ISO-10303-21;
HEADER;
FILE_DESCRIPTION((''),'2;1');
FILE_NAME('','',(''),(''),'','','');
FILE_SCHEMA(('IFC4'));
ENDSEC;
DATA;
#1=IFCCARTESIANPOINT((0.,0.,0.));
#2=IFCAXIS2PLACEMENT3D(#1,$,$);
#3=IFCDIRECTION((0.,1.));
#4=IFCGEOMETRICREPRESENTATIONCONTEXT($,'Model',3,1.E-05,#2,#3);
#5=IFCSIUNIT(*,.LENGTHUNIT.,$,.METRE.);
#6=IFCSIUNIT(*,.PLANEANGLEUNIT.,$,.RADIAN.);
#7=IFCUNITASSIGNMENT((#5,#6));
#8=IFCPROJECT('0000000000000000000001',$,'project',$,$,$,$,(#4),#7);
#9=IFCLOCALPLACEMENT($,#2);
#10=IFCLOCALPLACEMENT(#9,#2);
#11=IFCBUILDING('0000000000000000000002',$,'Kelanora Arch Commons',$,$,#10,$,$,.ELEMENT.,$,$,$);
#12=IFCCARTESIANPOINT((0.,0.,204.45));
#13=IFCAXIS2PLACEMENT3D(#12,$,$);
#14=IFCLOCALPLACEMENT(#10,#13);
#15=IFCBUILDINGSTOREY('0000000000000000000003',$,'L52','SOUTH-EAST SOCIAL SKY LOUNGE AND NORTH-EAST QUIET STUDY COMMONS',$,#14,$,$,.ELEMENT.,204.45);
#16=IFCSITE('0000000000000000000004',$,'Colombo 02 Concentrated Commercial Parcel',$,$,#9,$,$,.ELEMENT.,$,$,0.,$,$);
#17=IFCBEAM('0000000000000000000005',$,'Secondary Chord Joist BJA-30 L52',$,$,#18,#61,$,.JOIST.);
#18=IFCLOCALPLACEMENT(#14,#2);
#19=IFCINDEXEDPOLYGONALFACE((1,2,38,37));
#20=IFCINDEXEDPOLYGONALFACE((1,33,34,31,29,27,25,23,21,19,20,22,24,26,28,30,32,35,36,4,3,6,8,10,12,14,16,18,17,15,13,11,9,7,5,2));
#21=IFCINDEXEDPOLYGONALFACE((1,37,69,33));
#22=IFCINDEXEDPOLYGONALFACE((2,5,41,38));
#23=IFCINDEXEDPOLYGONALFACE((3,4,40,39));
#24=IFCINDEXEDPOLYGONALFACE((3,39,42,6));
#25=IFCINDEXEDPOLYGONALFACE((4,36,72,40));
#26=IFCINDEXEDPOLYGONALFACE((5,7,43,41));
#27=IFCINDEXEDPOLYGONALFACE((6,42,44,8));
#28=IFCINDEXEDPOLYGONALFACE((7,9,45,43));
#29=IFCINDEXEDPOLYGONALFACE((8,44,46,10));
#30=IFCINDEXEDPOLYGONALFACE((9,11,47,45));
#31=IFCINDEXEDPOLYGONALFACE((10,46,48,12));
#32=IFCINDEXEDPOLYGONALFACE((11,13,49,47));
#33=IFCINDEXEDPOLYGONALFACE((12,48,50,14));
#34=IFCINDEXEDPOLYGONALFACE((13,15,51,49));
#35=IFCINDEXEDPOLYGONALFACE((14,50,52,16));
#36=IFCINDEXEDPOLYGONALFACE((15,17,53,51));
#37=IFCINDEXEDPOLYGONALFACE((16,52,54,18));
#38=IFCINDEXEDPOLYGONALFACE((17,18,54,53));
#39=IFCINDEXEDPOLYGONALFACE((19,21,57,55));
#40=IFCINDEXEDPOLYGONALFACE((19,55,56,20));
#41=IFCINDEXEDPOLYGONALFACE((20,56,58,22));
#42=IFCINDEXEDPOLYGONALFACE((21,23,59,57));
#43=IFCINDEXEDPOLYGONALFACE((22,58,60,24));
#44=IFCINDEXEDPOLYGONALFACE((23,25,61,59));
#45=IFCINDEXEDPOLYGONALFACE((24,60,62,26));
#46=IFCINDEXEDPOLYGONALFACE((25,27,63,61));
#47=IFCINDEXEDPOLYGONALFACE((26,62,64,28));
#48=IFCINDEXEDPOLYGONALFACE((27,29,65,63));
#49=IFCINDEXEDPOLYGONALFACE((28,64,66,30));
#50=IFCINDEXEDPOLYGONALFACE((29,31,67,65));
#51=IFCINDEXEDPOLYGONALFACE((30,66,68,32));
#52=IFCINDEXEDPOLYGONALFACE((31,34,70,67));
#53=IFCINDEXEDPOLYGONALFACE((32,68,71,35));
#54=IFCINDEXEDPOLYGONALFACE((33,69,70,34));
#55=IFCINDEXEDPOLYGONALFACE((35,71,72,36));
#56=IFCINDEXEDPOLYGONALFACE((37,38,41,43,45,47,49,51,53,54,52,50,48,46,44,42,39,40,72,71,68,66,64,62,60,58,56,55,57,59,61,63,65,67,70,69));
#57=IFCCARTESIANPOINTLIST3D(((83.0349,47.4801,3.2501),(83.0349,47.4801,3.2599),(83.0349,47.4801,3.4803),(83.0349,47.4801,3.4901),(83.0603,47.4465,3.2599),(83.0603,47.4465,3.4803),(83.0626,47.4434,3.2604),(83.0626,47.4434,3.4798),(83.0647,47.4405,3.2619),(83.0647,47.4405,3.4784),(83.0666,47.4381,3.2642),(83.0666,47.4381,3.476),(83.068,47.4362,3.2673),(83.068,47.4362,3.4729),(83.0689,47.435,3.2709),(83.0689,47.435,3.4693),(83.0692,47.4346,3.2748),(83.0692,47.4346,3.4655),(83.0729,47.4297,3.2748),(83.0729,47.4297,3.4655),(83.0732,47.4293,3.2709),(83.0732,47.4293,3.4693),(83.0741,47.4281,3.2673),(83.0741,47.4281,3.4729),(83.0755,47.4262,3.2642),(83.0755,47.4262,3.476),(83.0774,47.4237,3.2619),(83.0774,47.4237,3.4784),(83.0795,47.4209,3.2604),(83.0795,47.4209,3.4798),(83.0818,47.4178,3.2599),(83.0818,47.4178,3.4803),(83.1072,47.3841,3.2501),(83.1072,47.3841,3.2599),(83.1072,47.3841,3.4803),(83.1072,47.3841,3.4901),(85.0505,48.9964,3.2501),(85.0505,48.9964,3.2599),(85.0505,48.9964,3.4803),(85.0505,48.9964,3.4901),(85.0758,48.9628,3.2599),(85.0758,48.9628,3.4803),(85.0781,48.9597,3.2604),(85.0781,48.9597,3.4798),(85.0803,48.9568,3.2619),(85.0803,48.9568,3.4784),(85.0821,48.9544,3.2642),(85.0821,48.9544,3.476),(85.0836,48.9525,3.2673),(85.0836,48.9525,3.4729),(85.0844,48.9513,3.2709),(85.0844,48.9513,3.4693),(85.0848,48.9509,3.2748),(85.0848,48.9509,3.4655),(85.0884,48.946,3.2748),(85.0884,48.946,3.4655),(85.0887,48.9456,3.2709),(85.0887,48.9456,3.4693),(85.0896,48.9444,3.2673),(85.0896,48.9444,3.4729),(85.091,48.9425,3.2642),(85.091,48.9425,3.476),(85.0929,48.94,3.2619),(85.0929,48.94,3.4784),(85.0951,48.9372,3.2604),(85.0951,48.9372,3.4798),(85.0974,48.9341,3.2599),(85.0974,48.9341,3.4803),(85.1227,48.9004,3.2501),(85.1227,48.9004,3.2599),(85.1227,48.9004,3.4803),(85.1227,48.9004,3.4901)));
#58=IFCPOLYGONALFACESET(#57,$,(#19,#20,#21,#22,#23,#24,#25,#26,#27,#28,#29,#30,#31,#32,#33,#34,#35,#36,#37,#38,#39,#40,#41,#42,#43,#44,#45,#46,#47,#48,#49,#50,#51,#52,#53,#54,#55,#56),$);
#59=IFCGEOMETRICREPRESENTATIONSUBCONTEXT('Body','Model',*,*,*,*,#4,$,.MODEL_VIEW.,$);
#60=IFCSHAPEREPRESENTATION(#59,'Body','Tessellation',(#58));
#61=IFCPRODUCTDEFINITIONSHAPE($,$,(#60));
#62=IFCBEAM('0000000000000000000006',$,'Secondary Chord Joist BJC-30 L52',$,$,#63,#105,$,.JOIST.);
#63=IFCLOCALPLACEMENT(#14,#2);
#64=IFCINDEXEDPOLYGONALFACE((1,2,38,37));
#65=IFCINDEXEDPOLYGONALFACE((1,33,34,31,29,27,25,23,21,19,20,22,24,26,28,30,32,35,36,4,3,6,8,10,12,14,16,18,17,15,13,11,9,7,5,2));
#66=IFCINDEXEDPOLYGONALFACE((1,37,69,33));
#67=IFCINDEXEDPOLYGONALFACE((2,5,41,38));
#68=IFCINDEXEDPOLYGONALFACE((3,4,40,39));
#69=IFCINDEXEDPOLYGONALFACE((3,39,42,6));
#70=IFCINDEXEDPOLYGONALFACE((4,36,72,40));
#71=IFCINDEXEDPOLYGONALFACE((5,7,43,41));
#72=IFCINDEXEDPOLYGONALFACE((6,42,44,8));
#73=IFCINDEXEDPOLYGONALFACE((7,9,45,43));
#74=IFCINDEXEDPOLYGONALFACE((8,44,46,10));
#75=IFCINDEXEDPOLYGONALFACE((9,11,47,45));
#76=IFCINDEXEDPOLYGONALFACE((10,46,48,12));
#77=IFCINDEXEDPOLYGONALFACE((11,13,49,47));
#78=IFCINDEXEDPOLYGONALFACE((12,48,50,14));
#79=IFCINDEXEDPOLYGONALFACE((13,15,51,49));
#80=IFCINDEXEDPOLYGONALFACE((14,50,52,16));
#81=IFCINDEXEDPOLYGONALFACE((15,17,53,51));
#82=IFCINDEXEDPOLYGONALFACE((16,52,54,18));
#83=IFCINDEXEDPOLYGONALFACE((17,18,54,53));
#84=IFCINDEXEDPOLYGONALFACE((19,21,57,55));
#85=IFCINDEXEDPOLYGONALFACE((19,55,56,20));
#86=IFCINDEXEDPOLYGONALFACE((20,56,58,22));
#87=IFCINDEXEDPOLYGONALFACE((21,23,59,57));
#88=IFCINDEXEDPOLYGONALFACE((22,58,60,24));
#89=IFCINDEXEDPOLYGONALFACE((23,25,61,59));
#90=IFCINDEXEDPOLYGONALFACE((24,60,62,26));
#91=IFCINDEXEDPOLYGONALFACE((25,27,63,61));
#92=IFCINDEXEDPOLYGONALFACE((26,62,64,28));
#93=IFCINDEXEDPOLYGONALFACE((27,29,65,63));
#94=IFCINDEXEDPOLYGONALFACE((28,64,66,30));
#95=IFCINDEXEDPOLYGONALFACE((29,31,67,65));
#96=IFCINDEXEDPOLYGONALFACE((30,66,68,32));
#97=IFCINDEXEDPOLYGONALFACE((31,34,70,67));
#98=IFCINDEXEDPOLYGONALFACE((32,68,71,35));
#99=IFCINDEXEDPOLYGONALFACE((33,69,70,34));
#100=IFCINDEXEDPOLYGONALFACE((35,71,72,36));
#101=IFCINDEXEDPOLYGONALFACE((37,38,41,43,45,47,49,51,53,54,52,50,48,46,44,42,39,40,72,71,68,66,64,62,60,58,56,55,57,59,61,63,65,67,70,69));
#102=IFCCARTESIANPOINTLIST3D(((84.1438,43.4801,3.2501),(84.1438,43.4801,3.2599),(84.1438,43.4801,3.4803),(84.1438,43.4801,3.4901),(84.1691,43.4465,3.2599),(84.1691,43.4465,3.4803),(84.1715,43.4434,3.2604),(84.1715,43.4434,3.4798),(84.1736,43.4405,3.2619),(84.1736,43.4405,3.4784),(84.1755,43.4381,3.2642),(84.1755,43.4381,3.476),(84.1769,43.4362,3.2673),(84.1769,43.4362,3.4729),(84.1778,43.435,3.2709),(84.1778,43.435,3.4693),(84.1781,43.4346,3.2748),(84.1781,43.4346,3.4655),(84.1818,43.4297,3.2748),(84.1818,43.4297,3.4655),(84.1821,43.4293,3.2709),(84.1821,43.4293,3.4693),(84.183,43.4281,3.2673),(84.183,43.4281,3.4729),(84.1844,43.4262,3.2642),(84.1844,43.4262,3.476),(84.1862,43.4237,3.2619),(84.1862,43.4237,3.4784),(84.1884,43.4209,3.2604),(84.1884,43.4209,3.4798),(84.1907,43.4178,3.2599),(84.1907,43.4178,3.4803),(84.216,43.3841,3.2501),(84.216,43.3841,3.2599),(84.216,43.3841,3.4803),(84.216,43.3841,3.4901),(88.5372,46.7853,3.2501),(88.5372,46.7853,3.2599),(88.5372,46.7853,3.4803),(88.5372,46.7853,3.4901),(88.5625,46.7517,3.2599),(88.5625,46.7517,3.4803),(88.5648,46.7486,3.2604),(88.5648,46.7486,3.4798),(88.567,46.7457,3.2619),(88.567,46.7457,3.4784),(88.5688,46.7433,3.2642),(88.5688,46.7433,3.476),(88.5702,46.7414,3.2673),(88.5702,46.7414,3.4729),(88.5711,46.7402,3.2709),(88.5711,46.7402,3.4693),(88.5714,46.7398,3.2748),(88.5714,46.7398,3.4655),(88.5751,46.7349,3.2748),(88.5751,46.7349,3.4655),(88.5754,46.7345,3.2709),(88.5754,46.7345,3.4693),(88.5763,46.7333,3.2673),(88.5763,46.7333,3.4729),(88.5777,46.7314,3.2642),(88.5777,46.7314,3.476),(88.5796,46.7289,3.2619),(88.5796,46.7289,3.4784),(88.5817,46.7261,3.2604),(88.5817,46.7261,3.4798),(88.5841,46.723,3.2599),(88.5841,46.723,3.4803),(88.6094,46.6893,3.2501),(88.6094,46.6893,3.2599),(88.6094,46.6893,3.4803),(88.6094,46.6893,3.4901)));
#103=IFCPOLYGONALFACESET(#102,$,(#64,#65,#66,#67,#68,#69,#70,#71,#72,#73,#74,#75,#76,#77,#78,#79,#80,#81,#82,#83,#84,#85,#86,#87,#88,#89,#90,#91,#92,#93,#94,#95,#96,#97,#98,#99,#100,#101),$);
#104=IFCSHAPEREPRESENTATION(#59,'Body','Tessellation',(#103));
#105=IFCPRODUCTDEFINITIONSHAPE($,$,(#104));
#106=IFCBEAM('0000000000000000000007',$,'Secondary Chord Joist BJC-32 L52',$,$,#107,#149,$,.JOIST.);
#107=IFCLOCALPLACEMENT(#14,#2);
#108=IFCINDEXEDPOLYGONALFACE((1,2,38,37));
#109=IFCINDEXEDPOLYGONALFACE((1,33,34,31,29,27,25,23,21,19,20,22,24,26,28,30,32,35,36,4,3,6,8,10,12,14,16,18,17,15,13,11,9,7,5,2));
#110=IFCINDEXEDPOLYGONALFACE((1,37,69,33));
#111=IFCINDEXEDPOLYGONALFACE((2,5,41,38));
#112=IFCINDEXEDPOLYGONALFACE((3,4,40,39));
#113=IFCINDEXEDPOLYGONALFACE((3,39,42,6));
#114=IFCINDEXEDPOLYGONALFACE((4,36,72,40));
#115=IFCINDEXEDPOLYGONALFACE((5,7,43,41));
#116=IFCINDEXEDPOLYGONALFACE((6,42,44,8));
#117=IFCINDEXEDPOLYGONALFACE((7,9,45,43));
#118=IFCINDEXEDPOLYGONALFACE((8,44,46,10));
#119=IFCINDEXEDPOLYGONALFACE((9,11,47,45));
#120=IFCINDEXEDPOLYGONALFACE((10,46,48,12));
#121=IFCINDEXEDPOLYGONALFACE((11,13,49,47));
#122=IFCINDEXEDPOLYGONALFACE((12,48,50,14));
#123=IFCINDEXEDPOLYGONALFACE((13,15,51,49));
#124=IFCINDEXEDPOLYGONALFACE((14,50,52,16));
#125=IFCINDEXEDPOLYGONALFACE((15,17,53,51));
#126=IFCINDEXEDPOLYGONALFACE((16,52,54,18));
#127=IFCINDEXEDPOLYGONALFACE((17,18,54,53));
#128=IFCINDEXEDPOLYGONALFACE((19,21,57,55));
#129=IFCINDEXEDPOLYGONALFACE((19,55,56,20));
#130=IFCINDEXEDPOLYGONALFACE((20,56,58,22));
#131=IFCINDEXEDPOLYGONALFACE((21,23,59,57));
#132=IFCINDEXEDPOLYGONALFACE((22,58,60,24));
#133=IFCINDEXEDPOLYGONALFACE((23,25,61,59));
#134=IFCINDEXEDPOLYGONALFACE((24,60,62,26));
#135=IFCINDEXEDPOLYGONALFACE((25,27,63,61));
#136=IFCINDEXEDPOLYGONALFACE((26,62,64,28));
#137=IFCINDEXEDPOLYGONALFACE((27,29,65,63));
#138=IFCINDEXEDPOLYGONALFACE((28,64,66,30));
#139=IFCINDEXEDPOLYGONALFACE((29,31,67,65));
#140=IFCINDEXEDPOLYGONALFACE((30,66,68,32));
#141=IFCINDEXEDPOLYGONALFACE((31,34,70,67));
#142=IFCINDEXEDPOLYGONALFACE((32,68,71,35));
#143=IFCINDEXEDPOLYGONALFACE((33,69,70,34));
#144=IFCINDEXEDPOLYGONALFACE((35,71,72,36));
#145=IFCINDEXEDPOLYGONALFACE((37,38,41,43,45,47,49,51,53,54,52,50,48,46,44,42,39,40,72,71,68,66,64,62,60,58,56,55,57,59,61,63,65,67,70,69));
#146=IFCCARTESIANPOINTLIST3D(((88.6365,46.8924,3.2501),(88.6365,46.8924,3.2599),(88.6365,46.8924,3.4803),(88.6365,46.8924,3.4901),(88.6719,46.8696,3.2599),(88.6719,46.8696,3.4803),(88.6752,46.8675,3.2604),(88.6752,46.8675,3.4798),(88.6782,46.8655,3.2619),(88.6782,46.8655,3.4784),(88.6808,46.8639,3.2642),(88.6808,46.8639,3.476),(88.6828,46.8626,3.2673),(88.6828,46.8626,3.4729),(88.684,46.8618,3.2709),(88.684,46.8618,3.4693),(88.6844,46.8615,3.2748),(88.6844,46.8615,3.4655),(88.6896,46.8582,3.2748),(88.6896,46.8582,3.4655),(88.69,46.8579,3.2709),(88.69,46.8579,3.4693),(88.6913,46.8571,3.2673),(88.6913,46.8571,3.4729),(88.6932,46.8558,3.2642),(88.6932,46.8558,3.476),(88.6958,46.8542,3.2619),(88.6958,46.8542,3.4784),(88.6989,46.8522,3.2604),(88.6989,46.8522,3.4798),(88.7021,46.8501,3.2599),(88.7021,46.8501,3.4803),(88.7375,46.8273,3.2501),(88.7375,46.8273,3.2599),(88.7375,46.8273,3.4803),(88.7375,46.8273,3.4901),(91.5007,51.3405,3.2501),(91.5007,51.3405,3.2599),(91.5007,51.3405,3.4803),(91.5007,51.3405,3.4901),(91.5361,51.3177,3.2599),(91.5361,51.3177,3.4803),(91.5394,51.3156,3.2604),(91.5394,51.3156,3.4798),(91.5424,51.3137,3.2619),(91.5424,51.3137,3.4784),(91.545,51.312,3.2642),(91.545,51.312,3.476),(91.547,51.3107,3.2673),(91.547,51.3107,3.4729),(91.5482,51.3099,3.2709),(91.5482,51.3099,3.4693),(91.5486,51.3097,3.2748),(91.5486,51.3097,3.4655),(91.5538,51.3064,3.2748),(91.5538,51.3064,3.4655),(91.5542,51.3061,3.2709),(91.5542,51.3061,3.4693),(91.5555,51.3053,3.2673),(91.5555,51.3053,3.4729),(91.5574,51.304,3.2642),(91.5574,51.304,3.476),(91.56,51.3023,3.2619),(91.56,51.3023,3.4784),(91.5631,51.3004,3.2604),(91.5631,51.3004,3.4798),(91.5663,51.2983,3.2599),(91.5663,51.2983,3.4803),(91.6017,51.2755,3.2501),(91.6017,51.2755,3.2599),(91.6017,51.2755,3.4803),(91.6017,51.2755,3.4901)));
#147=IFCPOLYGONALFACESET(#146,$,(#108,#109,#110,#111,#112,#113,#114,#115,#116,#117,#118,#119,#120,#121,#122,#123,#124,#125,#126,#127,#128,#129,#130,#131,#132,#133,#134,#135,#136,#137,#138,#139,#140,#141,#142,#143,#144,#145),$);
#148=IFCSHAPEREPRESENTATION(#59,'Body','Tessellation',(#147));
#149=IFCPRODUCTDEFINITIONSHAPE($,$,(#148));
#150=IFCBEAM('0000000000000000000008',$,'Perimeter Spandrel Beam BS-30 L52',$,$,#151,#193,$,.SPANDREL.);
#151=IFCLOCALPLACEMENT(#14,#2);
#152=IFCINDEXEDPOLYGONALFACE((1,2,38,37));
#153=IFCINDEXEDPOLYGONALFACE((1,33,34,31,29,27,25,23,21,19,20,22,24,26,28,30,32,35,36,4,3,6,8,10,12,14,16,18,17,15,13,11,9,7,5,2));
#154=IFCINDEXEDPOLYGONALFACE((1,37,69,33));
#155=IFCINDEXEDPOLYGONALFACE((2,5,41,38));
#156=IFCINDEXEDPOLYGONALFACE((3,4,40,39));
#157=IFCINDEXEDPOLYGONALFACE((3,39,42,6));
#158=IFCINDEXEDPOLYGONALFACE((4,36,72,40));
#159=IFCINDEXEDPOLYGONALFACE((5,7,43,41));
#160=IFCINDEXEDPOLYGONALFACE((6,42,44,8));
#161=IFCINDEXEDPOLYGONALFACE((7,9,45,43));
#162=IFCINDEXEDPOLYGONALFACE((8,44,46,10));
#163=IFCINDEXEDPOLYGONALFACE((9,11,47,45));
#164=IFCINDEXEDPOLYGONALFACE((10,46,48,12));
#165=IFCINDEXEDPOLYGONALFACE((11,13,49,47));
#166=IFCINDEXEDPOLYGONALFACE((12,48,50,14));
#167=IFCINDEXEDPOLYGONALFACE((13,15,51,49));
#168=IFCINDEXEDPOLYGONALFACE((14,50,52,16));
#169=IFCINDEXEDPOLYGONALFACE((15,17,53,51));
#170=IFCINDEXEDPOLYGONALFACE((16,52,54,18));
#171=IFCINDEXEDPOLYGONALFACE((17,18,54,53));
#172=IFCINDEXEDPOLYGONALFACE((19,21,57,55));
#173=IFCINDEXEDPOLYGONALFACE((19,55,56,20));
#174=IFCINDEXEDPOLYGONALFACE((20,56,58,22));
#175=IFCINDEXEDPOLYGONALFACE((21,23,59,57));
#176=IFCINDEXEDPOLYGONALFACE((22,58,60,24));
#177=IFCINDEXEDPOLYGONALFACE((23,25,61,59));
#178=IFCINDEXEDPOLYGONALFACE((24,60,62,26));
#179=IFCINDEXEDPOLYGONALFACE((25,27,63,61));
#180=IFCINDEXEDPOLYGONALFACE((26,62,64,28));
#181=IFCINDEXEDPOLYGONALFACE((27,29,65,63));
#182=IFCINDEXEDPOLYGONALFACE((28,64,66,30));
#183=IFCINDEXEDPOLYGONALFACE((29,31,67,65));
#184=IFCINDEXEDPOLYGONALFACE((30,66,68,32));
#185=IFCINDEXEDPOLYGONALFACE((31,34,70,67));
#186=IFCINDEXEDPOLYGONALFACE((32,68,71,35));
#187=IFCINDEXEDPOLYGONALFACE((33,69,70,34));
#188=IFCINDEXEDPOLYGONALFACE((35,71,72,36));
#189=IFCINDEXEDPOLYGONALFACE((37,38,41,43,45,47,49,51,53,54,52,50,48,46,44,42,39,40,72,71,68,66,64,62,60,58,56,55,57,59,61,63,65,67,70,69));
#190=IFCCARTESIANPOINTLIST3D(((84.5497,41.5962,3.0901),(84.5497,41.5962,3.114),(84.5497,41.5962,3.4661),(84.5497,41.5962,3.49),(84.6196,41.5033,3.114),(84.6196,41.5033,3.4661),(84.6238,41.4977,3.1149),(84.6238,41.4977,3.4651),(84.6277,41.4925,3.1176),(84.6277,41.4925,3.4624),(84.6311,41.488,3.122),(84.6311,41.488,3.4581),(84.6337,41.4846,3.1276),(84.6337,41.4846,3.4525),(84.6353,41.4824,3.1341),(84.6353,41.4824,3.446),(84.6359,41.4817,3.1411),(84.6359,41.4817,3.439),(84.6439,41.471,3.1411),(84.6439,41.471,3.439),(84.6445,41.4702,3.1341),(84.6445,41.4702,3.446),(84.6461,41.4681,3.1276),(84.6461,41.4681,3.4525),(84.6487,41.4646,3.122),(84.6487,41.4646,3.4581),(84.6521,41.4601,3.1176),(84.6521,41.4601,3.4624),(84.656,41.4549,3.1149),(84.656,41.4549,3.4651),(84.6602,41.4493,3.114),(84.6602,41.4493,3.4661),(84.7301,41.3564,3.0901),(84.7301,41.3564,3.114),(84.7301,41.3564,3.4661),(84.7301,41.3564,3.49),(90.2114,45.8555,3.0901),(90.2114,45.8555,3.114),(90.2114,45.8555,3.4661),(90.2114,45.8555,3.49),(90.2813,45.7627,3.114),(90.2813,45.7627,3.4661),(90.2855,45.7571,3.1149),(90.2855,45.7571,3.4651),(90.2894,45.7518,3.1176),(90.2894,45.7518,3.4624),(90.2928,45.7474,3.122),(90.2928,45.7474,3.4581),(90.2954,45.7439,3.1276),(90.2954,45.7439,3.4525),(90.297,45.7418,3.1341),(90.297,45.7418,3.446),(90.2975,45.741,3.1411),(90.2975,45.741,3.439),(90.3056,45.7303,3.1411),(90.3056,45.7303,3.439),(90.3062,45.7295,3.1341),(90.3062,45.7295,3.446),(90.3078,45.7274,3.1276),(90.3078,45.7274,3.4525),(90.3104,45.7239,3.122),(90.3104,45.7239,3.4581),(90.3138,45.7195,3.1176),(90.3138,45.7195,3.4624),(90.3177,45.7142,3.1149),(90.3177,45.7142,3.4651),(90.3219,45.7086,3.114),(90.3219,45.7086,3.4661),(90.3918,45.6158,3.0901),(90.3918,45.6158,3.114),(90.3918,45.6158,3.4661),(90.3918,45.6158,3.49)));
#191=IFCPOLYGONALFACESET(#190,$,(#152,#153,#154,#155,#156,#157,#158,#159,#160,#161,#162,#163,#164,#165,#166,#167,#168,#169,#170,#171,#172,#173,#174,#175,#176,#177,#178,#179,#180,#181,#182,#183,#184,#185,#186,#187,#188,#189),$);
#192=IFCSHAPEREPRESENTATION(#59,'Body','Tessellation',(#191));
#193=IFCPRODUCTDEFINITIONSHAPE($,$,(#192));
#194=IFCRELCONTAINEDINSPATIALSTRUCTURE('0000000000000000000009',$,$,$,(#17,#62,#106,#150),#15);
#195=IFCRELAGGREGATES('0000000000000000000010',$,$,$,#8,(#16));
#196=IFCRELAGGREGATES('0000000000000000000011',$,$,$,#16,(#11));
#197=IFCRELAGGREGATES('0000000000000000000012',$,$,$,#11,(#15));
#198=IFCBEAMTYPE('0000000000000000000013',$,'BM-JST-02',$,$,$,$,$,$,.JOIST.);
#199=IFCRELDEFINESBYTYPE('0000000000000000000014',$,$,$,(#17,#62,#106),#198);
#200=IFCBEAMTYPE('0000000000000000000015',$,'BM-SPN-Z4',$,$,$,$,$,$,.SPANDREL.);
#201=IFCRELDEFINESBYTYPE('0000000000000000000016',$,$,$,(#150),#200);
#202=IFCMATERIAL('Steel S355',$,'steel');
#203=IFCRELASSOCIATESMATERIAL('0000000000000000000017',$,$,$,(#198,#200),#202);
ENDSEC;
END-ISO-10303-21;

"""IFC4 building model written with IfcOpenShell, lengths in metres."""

from ifc_helpers import new_model, si_unit, direction, frame, origin, origin_2d, place, context, subcontext, project, spatial, i_section, extrude, material, material_profile, profile_set, type_object, element, save


model = new_model("IFC4")

# Units and contexts
model_context = context("Model", 3, precision=1e-05, world=origin(), true_north=direction((0.0, 1.0)))
body_context = subcontext(model_context, "Body", "Model", "MODEL_VIEW")
ifc_project = project(units=[si_unit("LENGTHUNIT", "METRE"), si_unit("PLANEANGLEUNIT", "RADIAN")], contexts=[model_context])

# Site, building, storey
site_placement = place(None, origin())
site = spatial("IfcSite", under=ifc_project, at=site_placement, Name="Colombo 02 Concentrated Commercial Parcel", CompositionType="ELEMENT", RefElevation=0.0)
building_placement = place(site_placement, origin())
building = spatial("IfcBuilding", under=site, at=building_placement, Name="Kelanora Arch Commons", CompositionType="ELEMENT")
storey_placement = place(building_placement, frame((0.0, 0.0, 204.45)))
storey = spatial("IfcBuildingStorey", under=building, at=storey_placement, Name="L52", Description="SOUTH-EAST SOCIAL SKY LOUNGE AND NORTH-EAST QUIET STUDY COMMONS", CompositionType="ELEMENT", Elevation=204.45)

# Beams
ifc_material_1 = material(Name="Steel S355", Category="steel")
ifc_material_profile_1 = material_profile(ifc_material_1, i_section(OverallWidth=0.1201, OverallDepth=0.24, WebThickness=0.0061, FlangeThickness=0.0098, FilletRadius=0.0149, at=origin_2d()), Name="IPE240")
ifc_profile_set_1 = profile_set([ifc_material_profile_1], Name="Steel S355")
beam_type_1 = type_object("IfcBeamType", Name="BM-JST-02", PredefinedType="JOIST", material=ifc_profile_set_1)
beam_1_placement = place(storey_placement, frame((83.071, 47.4321, 3.3701), z_axis=(0.799116, 0.601176, 0.0), x_axis=(-0.601176, 0.799116, 0.0)))
element("IfcBeam", 1, at=beam_1_placement, inside=storey, type_object=beam_type_1, Name="Secondary Chord Joist BJA-30 L52", PredefinedType="JOIST", context=body_context, shape_type="SweptSolid", body=[
    extrude(i_section(OverallWidth=0.1201, OverallDepth=0.24, WebThickness=0.0061, FlangeThickness=0.0098, FilletRadius=0.0149, at=origin_2d()), origin(), (0.0, 0.0, 1.0), 2.5222),
])
beam_2_placement = place(storey_placement, frame((84.1799, 43.4321, 3.3701), z_axis=(0.799109, 0.601186, 0.0), x_axis=(-0.601186, 0.799109, 0.0)))
element("IfcBeam", 2, at=beam_2_placement, inside=storey, type_object=beam_type_1, Name="Secondary Chord Joist BJC-30 L52", PredefinedType="JOIST", context=body_context, shape_type="SweptSolid", body=[
    extrude(i_section(OverallWidth=0.1201, OverallDepth=0.24, WebThickness=0.0061, FlangeThickness=0.0098, FilletRadius=0.0149, at=origin_2d()), origin(), (0.0, 0.0, 1.0), 5.4978),
])
beam_3_placement = place(storey_placement, frame((88.687, 46.8599, 3.3701), z_axis=(0.541382, 0.840776, 0.0), x_axis=(-0.840776, 0.541382, 0.0)))
element("IfcBeam", 3, at=beam_3_placement, inside=storey, type_object=beam_type_1, Name="Secondary Chord Joist BJC-32 L52", PredefinedType="JOIST", context=body_context, shape_type="SweptSolid", body=[
    extrude(i_section(OverallWidth=0.1201, OverallDepth=0.24, WebThickness=0.0061, FlangeThickness=0.0098, FilletRadius=0.0149, at=origin_2d()), origin(), (0.0, 0.0, 1.0), 5.2905),
])
ifc_material_profile_2 = material_profile(ifc_material_1, i_section(OverallWidth=0.3, OverallDepth=0.3999, WebThickness=0.0134, FlangeThickness=0.0239, FilletRadius=0.0271, at=origin_2d()), Name="HEB400")
ifc_profile_set_2 = profile_set([ifc_material_profile_2], Name="Steel S355")
beam_type_2 = type_object("IfcBeamType", Name="BM-SPN-Z4", PredefinedType="SPANDREL", material=ifc_profile_set_2)
beam_4_placement = place(storey_placement, frame((84.6399, 41.4763, 3.29), z_axis=(0.799114, 0.601179, 0.0), x_axis=(-0.601179, 0.799114, 0.0)))
element("IfcBeam", 4, at=beam_4_placement, inside=storey, type_object=beam_type_2, Name="Perimeter Spandrel Beam BS-30 L52", PredefinedType="SPANDREL", context=body_context, shape_type="SweptSolid", body=[
    extrude(i_section(OverallWidth=0.3, OverallDepth=0.3999, WebThickness=0.0134, FlangeThickness=0.0239, FilletRadius=0.0271, at=origin_2d()), origin(), (0.0, 0.0, 1.0), 7.085),
])

save(model, "model.ifc")
